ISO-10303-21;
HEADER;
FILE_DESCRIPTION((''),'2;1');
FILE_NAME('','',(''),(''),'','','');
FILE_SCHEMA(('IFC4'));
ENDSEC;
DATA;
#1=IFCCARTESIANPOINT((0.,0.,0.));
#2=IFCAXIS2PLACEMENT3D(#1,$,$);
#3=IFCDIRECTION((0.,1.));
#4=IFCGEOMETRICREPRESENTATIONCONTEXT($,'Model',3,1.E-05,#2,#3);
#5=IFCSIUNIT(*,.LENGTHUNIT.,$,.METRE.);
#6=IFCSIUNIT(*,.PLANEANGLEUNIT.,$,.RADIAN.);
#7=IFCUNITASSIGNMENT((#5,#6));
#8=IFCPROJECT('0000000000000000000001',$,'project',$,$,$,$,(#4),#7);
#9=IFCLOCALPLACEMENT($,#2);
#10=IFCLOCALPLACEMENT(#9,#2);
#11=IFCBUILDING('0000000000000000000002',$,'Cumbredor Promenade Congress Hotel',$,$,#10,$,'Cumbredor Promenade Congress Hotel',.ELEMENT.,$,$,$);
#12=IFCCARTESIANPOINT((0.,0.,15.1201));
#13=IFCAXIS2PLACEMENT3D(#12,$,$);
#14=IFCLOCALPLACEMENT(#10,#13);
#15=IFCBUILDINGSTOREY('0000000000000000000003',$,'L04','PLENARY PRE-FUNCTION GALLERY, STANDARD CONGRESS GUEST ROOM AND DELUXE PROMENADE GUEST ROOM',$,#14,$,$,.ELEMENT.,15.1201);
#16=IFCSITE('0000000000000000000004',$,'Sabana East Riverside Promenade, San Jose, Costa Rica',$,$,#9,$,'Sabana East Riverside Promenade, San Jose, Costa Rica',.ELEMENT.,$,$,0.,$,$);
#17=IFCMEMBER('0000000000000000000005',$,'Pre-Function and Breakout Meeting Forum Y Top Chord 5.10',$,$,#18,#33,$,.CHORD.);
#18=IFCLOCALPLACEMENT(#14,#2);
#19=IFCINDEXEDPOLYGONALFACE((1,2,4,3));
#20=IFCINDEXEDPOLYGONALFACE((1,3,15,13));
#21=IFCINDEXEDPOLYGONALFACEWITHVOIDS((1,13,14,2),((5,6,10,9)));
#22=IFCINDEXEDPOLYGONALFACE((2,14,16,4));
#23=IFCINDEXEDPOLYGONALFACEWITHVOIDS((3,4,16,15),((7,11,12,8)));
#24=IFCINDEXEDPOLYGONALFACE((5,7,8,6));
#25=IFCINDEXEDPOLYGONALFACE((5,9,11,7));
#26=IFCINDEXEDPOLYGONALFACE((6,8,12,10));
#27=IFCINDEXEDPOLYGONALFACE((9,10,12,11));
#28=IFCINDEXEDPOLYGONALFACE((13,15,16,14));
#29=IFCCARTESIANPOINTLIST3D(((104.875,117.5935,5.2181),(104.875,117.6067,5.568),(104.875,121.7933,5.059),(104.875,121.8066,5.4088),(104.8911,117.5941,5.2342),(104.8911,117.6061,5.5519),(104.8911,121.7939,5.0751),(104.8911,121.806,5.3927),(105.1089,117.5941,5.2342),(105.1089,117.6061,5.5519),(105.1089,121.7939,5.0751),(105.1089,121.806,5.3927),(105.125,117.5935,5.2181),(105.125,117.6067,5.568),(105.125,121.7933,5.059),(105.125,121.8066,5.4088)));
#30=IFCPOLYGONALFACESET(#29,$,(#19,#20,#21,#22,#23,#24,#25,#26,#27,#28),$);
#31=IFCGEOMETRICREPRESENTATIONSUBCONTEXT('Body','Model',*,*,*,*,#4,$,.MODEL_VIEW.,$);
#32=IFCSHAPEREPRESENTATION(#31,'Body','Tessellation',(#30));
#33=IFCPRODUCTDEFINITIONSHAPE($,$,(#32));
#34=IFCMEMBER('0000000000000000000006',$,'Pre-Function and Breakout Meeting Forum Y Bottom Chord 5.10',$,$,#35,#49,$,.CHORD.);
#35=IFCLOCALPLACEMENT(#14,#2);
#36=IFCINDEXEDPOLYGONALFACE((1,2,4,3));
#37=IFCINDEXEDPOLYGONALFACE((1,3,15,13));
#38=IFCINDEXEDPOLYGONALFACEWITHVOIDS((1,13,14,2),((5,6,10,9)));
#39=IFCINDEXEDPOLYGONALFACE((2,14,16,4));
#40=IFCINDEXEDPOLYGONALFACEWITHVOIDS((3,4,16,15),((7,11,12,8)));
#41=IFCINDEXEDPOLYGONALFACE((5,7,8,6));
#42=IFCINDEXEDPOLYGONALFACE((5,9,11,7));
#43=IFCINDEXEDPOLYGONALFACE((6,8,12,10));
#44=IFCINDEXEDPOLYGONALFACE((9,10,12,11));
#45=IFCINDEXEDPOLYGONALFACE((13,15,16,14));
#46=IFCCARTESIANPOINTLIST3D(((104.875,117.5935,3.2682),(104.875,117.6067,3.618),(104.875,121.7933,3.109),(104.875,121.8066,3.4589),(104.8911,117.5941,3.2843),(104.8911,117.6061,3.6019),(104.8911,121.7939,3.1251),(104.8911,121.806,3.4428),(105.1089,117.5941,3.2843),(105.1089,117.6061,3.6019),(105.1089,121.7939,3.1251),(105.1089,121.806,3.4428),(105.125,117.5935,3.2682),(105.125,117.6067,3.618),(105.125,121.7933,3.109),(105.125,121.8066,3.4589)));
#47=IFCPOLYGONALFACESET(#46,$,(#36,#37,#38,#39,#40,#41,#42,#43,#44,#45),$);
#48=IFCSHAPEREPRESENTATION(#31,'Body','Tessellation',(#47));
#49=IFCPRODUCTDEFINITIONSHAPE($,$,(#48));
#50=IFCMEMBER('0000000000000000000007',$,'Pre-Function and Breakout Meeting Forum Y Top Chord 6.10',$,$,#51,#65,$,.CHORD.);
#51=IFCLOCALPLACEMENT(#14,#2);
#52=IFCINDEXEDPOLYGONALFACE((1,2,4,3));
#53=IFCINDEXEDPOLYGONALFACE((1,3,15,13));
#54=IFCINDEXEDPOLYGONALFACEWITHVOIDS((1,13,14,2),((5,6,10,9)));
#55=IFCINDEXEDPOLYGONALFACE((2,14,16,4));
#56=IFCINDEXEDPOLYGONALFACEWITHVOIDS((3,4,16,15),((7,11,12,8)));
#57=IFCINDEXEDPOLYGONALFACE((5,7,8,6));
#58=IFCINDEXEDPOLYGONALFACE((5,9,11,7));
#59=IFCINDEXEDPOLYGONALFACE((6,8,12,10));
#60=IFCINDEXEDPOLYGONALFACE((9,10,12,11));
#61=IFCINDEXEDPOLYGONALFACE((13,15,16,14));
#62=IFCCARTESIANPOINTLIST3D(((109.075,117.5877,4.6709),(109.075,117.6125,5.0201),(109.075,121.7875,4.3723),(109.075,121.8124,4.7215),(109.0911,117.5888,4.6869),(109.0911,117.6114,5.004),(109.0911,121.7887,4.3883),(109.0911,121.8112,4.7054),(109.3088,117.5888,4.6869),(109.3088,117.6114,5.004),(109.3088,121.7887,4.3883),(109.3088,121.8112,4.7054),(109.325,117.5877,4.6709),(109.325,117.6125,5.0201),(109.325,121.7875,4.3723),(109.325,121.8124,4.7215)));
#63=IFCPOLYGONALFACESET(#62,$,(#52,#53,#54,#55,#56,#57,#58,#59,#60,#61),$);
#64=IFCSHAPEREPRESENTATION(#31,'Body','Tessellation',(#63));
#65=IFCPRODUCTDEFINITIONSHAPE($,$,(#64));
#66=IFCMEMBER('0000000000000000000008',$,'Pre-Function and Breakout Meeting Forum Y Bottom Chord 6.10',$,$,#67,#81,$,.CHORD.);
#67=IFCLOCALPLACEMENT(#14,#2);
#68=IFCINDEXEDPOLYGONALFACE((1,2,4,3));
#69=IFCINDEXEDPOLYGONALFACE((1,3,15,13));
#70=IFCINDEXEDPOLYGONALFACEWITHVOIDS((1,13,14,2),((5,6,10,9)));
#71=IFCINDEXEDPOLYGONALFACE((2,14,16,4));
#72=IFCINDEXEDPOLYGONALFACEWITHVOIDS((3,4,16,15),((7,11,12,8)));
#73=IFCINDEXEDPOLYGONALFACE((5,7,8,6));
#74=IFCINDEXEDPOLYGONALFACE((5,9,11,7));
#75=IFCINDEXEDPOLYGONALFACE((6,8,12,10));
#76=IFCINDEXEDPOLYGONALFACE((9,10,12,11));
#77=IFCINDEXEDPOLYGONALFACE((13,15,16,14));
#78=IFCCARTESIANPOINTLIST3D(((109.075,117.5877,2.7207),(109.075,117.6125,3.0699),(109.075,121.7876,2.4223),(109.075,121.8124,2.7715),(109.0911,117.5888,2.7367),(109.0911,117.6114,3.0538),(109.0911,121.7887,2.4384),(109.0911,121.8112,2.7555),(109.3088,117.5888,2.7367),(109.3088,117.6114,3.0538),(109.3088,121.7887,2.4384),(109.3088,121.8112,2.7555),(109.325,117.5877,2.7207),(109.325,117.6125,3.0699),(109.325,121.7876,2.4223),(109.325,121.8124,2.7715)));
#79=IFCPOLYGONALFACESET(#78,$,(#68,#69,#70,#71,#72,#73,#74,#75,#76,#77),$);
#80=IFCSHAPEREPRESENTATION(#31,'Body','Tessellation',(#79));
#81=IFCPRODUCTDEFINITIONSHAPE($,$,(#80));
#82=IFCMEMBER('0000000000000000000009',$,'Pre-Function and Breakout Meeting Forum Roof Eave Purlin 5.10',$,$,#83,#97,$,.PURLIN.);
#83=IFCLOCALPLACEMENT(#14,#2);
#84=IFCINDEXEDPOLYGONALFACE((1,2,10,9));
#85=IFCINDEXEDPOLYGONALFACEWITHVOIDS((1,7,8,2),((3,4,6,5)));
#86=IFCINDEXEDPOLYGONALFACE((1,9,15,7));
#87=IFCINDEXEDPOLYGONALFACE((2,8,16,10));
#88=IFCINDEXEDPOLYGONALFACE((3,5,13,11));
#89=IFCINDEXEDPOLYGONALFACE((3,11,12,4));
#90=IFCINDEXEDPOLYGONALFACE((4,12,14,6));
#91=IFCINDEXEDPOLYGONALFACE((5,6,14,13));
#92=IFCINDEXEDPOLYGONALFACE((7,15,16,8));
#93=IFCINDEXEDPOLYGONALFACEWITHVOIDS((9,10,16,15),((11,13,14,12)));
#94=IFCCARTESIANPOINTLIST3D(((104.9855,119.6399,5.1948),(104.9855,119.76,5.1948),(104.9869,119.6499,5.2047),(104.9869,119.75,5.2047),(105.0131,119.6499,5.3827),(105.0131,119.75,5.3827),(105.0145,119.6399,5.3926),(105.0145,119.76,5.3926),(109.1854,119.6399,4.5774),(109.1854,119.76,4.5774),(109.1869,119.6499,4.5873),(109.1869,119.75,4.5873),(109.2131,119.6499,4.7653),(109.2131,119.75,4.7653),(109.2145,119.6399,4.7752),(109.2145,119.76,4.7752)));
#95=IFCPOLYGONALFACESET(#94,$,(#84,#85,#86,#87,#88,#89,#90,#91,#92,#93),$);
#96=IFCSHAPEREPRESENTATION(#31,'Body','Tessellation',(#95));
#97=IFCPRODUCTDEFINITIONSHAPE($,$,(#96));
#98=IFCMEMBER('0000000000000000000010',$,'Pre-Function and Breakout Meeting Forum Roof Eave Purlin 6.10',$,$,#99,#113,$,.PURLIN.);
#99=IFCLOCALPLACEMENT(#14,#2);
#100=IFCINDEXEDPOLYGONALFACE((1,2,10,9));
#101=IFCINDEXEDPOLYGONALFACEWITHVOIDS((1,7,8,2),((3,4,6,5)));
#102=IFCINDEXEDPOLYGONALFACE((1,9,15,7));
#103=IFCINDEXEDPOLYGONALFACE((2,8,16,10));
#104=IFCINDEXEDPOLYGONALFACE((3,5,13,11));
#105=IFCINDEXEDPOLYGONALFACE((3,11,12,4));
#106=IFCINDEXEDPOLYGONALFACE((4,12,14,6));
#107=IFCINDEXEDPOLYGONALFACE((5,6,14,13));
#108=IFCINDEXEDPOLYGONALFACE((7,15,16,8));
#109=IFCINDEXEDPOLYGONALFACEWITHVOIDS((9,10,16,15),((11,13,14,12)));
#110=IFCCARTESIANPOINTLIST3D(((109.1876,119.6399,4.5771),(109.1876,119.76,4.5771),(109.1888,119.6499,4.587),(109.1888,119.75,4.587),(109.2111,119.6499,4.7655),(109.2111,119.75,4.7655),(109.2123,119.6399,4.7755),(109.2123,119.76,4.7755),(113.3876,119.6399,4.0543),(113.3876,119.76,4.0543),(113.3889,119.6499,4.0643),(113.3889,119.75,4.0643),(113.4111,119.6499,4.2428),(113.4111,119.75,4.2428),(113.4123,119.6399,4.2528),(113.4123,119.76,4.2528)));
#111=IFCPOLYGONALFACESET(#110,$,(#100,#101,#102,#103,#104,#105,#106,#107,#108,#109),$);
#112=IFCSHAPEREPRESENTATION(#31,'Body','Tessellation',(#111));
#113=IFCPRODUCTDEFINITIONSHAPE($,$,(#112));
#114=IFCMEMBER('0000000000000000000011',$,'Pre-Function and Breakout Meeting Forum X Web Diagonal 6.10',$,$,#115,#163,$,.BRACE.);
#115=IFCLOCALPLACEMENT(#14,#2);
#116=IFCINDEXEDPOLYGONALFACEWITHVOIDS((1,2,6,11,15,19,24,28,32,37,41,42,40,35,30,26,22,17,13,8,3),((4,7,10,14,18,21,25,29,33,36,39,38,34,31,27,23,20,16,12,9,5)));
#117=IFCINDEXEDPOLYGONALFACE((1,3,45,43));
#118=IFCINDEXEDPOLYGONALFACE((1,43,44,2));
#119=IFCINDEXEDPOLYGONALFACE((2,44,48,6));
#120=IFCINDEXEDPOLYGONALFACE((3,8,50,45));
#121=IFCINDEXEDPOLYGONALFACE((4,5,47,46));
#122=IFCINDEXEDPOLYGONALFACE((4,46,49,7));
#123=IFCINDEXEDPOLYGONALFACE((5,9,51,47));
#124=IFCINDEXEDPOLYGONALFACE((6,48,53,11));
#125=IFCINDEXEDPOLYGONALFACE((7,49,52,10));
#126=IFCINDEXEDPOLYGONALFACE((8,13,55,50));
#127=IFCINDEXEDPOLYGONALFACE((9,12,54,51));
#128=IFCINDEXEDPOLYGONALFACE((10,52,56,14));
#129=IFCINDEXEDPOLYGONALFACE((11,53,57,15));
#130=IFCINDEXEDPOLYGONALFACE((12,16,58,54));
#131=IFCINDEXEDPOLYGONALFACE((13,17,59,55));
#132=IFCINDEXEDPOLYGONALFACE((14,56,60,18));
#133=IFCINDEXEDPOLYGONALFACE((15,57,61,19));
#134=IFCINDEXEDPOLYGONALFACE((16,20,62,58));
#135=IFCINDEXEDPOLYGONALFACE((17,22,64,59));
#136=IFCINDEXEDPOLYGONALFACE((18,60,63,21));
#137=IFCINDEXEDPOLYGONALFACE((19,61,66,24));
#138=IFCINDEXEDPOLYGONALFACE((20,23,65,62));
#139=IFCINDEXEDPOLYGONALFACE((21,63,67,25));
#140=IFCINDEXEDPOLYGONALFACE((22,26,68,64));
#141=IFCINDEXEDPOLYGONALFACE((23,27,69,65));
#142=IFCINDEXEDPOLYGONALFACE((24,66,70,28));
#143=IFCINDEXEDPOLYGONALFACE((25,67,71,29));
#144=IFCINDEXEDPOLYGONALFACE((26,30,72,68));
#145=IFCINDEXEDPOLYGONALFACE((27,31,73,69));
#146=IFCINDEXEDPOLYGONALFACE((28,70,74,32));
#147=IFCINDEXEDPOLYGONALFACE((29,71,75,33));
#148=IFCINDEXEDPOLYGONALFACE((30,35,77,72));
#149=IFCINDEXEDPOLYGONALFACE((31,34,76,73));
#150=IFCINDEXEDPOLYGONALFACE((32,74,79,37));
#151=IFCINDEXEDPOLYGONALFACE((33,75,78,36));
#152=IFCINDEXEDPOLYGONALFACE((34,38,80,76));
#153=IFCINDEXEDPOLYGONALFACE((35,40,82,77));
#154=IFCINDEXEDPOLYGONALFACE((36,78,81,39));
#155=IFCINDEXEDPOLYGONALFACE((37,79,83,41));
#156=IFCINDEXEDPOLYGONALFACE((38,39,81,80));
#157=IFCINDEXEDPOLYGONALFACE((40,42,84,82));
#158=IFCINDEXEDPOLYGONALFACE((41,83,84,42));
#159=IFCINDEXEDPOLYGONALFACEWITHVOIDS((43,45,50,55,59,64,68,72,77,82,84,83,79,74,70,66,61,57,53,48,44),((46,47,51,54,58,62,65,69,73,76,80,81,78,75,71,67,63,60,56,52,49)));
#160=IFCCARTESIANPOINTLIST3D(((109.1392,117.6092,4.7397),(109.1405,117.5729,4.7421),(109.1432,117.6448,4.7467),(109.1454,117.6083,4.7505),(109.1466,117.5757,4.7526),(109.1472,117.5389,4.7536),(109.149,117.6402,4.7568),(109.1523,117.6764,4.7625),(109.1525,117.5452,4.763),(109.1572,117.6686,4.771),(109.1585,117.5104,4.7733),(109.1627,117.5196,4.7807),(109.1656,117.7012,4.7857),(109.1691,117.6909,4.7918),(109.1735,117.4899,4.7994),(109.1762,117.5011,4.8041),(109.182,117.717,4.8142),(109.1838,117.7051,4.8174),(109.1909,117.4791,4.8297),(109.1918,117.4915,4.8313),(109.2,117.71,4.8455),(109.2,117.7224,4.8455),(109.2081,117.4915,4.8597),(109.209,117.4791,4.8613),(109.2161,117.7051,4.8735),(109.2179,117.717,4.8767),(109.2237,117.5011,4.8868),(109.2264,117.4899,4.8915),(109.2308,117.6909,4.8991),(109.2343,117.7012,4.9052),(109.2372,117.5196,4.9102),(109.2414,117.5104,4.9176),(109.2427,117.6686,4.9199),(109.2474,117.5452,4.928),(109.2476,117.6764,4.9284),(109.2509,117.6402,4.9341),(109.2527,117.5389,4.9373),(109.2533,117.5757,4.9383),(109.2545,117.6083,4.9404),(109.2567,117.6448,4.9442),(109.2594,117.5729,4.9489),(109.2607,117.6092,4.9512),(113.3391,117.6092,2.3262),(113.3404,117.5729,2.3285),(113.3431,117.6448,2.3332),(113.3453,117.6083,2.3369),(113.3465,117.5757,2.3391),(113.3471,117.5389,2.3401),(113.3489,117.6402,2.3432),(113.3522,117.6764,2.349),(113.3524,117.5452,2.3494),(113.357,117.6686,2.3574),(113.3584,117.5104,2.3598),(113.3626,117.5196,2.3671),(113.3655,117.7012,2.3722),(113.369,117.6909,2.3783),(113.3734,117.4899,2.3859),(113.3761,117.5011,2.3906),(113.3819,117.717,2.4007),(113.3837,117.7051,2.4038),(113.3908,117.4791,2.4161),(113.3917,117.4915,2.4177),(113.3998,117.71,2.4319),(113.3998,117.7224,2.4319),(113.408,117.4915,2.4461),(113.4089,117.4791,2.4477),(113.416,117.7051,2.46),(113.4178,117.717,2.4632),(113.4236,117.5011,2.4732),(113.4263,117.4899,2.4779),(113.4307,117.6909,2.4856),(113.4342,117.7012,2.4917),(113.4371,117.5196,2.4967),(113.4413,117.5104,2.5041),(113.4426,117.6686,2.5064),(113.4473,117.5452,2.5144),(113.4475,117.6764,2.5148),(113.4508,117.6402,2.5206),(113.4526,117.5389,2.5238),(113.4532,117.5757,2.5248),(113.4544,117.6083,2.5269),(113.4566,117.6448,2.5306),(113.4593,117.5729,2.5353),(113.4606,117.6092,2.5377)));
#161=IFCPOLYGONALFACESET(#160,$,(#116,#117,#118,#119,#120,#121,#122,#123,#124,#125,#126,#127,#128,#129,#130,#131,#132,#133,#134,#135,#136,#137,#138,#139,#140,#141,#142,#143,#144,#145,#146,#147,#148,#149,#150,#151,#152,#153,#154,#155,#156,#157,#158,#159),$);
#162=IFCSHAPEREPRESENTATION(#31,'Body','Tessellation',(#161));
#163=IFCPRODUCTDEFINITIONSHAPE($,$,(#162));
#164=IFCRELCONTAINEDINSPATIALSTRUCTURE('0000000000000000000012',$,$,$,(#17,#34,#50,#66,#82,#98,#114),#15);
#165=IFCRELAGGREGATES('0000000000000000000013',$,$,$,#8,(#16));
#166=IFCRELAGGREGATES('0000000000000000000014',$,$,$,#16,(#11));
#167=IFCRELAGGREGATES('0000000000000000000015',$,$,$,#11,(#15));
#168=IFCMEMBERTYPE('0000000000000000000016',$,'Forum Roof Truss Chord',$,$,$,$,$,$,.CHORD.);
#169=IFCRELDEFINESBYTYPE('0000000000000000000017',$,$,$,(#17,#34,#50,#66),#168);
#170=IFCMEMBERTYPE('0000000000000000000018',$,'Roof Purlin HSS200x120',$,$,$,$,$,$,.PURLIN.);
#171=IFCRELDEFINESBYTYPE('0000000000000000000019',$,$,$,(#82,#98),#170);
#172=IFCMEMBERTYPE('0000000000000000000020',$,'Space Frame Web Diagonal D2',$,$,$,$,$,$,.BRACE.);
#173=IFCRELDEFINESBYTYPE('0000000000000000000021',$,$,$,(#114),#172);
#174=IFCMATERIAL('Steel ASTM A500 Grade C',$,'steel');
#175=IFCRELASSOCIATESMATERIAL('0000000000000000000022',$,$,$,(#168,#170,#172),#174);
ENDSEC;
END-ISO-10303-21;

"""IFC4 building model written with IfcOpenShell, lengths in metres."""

from ifc_helpers import new_model, si_unit, direction, frame, origin, origin_2d, place, context, subcontext, project, spatial, hollow_rectangle, hollow_circle, extrude, material, material_profile, profile_set, type_object, element, save


model = new_model("IFC4")

# Units and contexts
model_context = context("Model", 3, precision=1e-05, world=origin(), true_north=direction((0.0, 1.0)))
body_context = subcontext(model_context, "Body", "Model", "MODEL_VIEW")
ifc_project = project(units=[si_unit("LENGTHUNIT", "METRE"), si_unit("PLANEANGLEUNIT", "RADIAN")], contexts=[model_context])

# Site, building, storey
site_placement = place(None, origin())
site = spatial("IfcSite", under=ifc_project, at=site_placement, Name="Sabana East Riverside Promenade, San Jose, Costa Rica", LongName="Sabana East Riverside Promenade, San Jose, Costa Rica", CompositionType="ELEMENT", RefElevation=0.0)
building_placement = place(site_placement, origin())
building = spatial("IfcBuilding", under=site, at=building_placement, Name="Cumbredor Promenade Congress Hotel", LongName="Cumbredor Promenade Congress Hotel", CompositionType="ELEMENT")
storey_placement = place(building_placement, frame((0.0, 0.0, 15.1201)))
storey = spatial("IfcBuildingStorey", under=building, at=storey_placement, Name="L04", Description="PLENARY PRE-FUNCTION GALLERY, STANDARD CONGRESS GUEST ROOM AND DELUXE PROMENADE GUEST ROOM", CompositionType="ELEMENT", Elevation=15.1201)

# Members
ifc_material_1 = material(Name="Steel ASTM A500 Grade C", Category="steel")
ifc_material_profile_1 = material_profile(ifc_material_1, hollow_rectangle(XDim=0.25, YDim=0.3501, WallThickness=0.0161, at=origin_2d()), Name="HSS 350x250x16")
ifc_profile_set_1 = profile_set([ifc_material_profile_1], Name="Steel ASTM A500 Grade C")
member_type_1 = type_object("IfcMemberType", Name="Forum Roof Truss Chord", PredefinedType="CHORD", material=ifc_profile_set_1)
for number, where, z_axis, x_axis, name in (
    (1, (105.0, 117.6001, 5.3931), (0.0, 0.999283, -0.037873), (-1.0, 0.0, 0.0), "Pre-Function and Breakout Meeting Forum Y Top Chord 5.10"),
    (2, (105.0, 117.6001, 3.4431), (0.0, 0.999283, -0.037873), (-1.0, 0.0, 0.0), "Pre-Function and Breakout Meeting Forum Y Bottom Chord 5.10"),
):
    element("IfcMember", number, at=place(storey_placement, frame(where, z_axis=z_axis, x_axis=x_axis)), inside=storey, type_object=member_type_1, Name=name, PredefinedType="CHORD", context=body_context, shape_type="SweptSolid", body=[
        extrude(hollow_rectangle(XDim=0.25, YDim=0.3501, WallThickness=0.0161, at=origin_2d()), origin(), (0.0, 0.0, 1.0), 4.2029),
    ])
for number, where, z_axis, x_axis, name in (
    (3, (109.2, 117.6001, 4.8455), (0.0, 0.997482, -0.070913), (-1.0, 0.0, 0.0), "Pre-Function and Breakout Meeting Forum Y Top Chord 6.10"),
    (4, (109.2, 117.6001, 2.8953), (0.0, 0.997487, -0.070856), (-1.0, 0.0, 0.0), "Pre-Function and Breakout Meeting Forum Y Bottom Chord 6.10"),
):
    element("IfcMember", number, at=place(storey_placement, frame(where, z_axis=z_axis, x_axis=x_axis)), inside=storey, type_object=member_type_1, Name=name, PredefinedType="CHORD", context=body_context, shape_type="SweptSolid", body=[
        extrude(hollow_rectangle(XDim=0.25, YDim=0.3501, WallThickness=0.0161, at=origin_2d()), origin(), (0.0, 0.0, 1.0), 4.2104),
    ])
ifc_material_profile_2 = material_profile(ifc_material_1, hollow_rectangle(XDim=0.1201, YDim=0.2, WallThickness=0.01, at=origin_2d()), Name="HSS 200x120x10")
ifc_profile_set_2 = profile_set([ifc_material_profile_2], Name="Steel ASTM A500 Grade C")
member_type_2 = type_object("IfcMemberType", Name="Roof Purlin HSS200x120", PredefinedType="PURLIN", material=ifc_profile_set_2)
member_1_placement = place(storey_placement, frame((105.0, 119.7, 5.2937), z_axis=(0.989366, 0.0, -0.145446), x_axis=(0.0, 1.0, 0.0)))
element("IfcMember", 5, at=member_1_placement, inside=storey, type_object=member_type_2, Name="Pre-Function and Breakout Meeting Forum Roof Eave Purlin 5.10", PredefinedType="PURLIN", context=body_context, shape_type="SweptSolid", body=[
    extrude(hollow_rectangle(XDim=0.1201, YDim=0.2, WallThickness=0.01, at=origin_2d()), origin(), (0.0, 0.0, 1.0), 4.2451),
])
member_2_placement = place(storey_placement, frame((109.2, 119.7, 4.6763), z_axis=(0.992344, 0.0, -0.123502), x_axis=(0.0, 1.0, 0.0)))
element("IfcMember", 6, at=member_2_placement, inside=storey, type_object=member_type_2, Name="Pre-Function and Breakout Meeting Forum Roof Eave Purlin 6.10", PredefinedType="PURLIN", context=body_context, shape_type="SweptSolid", body=[
    extrude(hollow_rectangle(XDim=0.1201, YDim=0.2, WallThickness=0.01, at=origin_2d()), origin(), (0.0, 0.0, 1.0), 4.2324),
])
ifc_material_profile_3 = material_profile(ifc_material_1, hollow_circle(Radius=0.1223, WallThickness=0.0125, at=origin_2d()), Name="CHS 244.5x12.5")
ifc_profile_set_3 = profile_set([ifc_material_profile_3], Name="Steel ASTM A500 Grade C")
member_type_3 = type_object("IfcMemberType", Name="Space Frame Web Diagonal D2", PredefinedType="BRACE", material=ifc_profile_set_3)
member_3_placement = place(storey_placement, frame((109.2, 117.6001, 4.8455), z_axis=(0.867031, 0.0, -0.498254), x_axis=(0.0, 1.0, 0.0)))
element("IfcMember", 7, at=member_3_placement, inside=storey, type_object=member_type_3, Name="Pre-Function and Breakout Meeting Forum X Web Diagonal 6.10", PredefinedType="BRACE", context=body_context, shape_type="SweptSolid", body=[
    extrude(hollow_circle(Radius=0.1223, WallThickness=0.0125, at=origin_2d()), origin(), (0.0, 0.0, 1.0), 4.844),
])

save(model, "model.ifc")
